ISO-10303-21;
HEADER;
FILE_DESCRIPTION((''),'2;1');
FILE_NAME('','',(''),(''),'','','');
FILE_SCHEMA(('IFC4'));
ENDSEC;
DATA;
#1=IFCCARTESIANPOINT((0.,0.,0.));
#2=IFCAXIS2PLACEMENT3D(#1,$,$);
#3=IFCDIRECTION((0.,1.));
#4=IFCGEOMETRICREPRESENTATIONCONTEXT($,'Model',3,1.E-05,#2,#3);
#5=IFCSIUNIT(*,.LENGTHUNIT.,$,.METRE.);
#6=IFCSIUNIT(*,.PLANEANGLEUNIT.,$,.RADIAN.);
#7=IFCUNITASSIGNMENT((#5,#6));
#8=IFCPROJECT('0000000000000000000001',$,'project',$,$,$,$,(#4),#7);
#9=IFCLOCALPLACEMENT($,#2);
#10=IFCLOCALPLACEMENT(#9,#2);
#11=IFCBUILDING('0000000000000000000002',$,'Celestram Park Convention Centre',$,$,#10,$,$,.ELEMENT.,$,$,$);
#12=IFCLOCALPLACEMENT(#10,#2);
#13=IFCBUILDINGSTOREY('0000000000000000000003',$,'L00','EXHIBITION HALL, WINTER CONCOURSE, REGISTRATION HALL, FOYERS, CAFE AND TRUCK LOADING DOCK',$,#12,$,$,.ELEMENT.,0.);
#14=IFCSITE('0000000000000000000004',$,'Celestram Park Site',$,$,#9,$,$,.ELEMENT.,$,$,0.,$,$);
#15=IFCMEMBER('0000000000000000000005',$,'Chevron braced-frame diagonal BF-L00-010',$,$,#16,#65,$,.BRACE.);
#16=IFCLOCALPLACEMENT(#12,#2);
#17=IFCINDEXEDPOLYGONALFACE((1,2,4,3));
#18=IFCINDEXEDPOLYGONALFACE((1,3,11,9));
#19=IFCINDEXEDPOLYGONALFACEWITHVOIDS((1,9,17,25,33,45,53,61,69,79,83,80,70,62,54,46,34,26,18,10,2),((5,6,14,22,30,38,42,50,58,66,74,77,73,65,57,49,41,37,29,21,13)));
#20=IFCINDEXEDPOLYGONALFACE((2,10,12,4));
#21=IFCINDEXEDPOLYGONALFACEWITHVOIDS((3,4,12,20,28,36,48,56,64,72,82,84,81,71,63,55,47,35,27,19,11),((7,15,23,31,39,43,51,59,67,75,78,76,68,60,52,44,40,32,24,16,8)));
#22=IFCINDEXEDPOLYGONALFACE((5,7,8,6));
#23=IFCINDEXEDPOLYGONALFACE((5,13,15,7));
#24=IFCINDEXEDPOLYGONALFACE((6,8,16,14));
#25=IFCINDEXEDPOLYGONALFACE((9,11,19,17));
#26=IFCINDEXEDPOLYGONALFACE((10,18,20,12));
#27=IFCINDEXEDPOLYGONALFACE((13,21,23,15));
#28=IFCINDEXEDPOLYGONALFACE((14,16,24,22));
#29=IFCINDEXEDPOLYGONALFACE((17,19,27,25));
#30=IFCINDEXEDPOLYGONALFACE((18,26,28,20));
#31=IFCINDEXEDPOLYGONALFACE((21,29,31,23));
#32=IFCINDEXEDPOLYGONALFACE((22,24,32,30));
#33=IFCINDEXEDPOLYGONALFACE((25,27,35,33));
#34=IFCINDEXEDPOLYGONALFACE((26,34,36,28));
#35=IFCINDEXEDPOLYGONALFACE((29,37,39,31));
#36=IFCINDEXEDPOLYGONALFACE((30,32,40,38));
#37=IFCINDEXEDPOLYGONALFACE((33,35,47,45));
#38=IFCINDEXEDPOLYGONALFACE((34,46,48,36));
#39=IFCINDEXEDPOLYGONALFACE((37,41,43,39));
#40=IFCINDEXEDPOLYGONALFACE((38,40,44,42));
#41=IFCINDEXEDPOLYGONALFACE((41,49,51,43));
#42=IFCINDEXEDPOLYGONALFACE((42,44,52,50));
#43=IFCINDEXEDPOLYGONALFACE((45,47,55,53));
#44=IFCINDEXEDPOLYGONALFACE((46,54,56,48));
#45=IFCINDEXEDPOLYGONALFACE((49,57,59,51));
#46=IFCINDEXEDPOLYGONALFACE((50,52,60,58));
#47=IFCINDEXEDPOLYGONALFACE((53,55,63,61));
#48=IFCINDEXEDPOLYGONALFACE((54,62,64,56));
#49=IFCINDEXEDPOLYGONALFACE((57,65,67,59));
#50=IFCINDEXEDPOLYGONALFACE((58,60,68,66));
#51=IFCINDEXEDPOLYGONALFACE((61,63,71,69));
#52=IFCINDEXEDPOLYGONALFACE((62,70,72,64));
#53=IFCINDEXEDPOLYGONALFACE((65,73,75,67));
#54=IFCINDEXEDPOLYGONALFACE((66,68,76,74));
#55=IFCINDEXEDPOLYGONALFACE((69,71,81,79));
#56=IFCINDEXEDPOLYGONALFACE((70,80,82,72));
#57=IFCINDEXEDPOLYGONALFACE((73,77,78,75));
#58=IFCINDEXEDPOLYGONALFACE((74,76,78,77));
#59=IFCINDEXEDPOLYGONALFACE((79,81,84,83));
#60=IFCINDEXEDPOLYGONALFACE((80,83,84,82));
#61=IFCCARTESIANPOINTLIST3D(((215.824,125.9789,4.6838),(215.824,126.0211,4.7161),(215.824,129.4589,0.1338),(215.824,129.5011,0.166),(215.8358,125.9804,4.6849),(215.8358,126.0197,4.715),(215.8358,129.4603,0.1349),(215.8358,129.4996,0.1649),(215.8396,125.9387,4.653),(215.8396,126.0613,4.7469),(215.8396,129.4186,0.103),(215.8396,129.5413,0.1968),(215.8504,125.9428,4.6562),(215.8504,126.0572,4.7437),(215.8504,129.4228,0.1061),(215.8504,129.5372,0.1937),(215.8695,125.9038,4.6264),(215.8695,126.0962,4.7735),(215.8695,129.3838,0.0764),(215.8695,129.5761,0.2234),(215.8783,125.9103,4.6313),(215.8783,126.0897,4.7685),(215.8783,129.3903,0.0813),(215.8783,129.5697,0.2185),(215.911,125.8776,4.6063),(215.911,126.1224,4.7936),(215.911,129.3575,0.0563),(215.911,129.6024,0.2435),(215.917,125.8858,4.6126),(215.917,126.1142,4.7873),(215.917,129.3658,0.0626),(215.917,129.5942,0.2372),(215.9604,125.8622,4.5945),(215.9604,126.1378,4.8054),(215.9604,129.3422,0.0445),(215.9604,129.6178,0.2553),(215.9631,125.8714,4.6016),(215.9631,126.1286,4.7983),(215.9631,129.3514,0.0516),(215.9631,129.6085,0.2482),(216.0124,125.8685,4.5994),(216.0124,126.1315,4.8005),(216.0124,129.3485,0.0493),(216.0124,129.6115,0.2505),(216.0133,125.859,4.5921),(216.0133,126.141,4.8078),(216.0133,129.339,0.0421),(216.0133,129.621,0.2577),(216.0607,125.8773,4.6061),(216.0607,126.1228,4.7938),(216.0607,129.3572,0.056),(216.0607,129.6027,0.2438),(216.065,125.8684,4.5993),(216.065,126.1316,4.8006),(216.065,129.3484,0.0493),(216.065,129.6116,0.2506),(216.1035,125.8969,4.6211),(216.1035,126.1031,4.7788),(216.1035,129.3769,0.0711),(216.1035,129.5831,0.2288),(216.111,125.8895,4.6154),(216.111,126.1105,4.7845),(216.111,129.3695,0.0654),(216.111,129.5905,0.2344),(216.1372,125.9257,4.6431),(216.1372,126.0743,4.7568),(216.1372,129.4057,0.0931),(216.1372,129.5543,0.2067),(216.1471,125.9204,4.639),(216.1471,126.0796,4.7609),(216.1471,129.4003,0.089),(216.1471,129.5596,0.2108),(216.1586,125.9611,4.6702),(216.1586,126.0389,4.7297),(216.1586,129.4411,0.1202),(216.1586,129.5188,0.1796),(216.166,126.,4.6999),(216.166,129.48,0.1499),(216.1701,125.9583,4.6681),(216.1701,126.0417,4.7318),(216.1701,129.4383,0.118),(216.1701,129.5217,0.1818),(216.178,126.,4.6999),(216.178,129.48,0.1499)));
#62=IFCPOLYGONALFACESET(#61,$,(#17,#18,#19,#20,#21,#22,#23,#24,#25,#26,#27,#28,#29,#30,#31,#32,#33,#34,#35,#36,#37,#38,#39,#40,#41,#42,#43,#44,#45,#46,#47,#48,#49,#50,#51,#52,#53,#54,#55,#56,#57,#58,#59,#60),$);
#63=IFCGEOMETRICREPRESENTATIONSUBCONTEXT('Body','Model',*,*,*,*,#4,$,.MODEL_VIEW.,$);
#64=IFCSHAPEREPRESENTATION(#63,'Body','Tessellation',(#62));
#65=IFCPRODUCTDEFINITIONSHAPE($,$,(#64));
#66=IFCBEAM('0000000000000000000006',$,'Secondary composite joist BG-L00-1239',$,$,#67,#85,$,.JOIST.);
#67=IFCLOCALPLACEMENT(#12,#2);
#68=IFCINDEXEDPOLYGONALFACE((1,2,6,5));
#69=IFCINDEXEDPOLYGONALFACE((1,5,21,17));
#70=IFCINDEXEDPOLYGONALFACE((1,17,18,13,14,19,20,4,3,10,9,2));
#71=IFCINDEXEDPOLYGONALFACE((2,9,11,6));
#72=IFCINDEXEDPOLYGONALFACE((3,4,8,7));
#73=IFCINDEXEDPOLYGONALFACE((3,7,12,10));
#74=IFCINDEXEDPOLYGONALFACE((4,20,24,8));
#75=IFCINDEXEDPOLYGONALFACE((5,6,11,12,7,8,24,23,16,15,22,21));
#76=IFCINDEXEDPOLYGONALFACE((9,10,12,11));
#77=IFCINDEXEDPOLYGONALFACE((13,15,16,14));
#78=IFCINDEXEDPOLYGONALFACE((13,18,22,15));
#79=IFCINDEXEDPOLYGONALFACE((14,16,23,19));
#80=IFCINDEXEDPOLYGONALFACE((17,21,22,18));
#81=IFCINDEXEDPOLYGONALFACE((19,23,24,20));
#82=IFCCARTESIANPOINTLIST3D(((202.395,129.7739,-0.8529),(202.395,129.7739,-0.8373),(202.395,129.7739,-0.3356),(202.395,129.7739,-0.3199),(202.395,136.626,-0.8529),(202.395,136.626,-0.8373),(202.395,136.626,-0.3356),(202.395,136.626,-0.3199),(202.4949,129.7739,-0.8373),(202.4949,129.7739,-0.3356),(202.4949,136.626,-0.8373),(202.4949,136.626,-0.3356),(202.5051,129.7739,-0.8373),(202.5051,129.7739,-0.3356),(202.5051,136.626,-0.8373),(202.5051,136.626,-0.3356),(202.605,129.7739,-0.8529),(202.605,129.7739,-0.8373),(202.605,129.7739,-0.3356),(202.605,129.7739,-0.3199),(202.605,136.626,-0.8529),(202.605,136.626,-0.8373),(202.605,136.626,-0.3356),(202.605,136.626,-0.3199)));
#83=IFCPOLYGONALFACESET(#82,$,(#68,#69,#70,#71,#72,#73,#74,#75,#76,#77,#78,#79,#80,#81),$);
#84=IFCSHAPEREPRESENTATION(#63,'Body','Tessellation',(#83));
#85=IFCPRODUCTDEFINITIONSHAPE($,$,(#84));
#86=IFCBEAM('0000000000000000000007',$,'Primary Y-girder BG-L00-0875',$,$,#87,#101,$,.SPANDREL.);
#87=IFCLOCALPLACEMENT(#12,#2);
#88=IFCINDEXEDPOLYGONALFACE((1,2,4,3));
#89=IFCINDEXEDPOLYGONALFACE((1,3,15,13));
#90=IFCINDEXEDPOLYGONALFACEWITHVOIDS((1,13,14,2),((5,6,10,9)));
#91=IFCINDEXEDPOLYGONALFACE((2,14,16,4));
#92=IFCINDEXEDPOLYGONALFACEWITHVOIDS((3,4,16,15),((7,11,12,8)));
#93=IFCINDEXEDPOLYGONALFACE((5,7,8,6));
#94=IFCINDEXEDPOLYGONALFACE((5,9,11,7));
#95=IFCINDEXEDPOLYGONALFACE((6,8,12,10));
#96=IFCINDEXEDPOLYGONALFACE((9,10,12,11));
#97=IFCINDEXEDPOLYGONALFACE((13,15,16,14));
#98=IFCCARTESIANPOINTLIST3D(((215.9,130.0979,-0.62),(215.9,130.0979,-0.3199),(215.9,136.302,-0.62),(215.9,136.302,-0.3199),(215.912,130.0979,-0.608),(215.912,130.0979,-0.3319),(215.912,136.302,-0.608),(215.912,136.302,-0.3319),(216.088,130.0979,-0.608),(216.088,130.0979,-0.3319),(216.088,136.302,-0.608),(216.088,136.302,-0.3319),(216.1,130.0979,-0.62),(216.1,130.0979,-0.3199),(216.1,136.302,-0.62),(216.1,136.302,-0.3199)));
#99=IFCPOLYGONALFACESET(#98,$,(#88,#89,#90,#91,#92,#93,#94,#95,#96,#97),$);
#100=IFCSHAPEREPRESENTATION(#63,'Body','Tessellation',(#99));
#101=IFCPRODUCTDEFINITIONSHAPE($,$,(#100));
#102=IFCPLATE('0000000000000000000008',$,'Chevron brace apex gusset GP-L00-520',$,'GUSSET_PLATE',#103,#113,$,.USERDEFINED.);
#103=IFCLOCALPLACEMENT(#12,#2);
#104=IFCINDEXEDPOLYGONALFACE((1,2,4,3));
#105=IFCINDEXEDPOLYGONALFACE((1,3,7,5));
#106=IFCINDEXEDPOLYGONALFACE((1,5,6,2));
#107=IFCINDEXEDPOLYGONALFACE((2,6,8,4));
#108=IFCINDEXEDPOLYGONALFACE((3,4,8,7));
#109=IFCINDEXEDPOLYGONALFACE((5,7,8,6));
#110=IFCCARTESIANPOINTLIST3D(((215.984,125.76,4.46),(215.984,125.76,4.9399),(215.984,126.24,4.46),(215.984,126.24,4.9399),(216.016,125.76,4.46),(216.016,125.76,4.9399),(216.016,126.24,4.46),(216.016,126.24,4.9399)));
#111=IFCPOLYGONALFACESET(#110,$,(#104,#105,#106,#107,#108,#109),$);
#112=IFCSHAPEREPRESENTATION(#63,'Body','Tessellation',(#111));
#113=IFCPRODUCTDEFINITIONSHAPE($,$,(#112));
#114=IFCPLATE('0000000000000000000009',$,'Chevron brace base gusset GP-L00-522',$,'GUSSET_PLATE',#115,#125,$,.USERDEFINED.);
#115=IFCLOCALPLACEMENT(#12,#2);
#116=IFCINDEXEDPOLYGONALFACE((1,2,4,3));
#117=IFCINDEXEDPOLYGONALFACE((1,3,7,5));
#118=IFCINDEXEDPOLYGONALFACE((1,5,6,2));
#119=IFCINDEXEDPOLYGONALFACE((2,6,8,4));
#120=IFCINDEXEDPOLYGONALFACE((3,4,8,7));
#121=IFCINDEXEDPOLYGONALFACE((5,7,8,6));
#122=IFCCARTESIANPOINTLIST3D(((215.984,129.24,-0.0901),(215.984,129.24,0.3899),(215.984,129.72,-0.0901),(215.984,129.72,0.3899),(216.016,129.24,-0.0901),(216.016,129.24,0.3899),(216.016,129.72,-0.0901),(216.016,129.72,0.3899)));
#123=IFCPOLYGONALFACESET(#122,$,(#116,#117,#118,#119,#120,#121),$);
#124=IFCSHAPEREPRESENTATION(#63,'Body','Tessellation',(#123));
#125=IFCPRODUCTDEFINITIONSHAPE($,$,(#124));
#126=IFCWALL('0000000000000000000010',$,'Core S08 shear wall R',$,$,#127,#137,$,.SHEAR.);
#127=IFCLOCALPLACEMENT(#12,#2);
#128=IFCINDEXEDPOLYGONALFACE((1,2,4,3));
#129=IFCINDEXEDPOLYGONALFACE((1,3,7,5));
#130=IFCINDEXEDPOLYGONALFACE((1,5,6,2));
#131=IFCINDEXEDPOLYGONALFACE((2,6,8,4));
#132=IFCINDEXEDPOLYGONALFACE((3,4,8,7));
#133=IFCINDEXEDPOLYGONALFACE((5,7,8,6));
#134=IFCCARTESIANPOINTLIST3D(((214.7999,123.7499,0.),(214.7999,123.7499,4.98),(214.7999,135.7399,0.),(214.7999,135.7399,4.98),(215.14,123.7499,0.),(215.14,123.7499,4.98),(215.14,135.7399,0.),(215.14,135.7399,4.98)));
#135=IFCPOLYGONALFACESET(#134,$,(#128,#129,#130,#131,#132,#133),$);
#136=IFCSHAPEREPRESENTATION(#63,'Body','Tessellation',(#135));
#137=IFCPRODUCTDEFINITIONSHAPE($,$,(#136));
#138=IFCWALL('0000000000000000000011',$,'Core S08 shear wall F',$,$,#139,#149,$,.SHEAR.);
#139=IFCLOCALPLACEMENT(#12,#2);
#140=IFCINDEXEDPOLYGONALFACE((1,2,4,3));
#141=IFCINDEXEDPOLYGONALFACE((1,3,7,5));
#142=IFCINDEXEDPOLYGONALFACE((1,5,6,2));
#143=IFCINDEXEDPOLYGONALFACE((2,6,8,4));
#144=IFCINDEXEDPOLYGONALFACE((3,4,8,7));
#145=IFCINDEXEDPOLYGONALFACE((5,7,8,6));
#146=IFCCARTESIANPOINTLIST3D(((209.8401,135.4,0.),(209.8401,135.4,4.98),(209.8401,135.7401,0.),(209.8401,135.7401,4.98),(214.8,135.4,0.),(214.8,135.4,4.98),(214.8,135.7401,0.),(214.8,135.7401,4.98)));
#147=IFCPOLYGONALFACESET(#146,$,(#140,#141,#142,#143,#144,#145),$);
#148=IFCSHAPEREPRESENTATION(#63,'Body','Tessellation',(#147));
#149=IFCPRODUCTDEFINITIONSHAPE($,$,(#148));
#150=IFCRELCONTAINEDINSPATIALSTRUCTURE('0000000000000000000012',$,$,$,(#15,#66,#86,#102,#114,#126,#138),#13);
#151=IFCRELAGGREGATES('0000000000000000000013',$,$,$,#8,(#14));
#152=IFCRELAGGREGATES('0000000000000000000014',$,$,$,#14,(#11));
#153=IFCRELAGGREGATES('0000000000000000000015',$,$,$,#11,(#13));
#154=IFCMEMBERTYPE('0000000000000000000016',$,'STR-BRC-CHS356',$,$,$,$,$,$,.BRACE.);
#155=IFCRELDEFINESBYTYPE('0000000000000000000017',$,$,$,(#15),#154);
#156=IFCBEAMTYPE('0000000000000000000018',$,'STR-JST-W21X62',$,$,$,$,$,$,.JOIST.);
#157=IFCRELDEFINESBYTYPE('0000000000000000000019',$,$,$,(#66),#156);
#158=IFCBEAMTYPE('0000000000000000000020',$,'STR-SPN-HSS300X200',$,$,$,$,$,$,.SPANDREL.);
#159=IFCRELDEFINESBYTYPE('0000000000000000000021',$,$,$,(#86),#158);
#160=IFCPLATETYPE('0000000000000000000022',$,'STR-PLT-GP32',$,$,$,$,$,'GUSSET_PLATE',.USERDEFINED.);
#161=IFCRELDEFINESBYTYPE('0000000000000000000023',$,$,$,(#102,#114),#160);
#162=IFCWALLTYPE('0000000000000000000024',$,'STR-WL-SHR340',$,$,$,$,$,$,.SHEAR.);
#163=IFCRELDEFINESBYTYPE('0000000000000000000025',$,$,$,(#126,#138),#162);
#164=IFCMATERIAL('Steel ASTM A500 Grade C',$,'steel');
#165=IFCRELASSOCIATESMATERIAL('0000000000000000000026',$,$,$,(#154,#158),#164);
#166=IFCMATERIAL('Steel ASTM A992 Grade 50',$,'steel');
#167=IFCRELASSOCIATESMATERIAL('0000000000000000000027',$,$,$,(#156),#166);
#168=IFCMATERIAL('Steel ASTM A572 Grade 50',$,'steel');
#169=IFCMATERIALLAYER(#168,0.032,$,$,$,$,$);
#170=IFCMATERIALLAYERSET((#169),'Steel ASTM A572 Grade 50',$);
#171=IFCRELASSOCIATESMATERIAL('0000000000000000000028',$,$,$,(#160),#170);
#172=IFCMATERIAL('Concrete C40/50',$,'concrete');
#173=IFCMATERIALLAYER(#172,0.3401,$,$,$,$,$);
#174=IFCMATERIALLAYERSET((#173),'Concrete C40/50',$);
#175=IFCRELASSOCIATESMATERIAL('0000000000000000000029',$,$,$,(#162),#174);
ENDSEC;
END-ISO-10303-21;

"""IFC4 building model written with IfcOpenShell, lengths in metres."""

from ifc_helpers import new_model, si_unit, direction, frame, frame_2d, origin, origin_2d, place, context, subcontext, project, spatial, rectangle, hollow_rectangle, hollow_circle, i_section, extrude, material, layer, layer_set, material_profile, profile_set, type_object, element, save


model = new_model("IFC4")

# Units and contexts
model_context = context("Model", 3, precision=1e-05, world=origin(), true_north=direction((0.0, 1.0)))
body_context = subcontext(model_context, "Body", "Model", "MODEL_VIEW")
ifc_project = project(units=[si_unit("LENGTHUNIT", "METRE"), si_unit("PLANEANGLEUNIT", "RADIAN")], contexts=[model_context])

# Site, building, storey
site_placement = place(None, origin())
site = spatial("IfcSite", under=ifc_project, at=site_placement, Name="Celestram Park Site", CompositionType="ELEMENT", RefElevation=0.0)
building_placement = place(site_placement, origin())
building = spatial("IfcBuilding", under=site, at=building_placement, Name="Celestram Park Convention Centre", CompositionType="ELEMENT")
storey_placement = place(building_placement, origin())
storey = spatial("IfcBuildingStorey", under=building, at=storey_placement, Name="L00", Description="EXHIBITION HALL, WINTER CONCOURSE, REGISTRATION HALL, FOYERS, CAFE AND TRUCK LOADING DOCK", CompositionType="ELEMENT", Elevation=0.0)

# Shared definitions
ifc_material_1 = material(Name="Steel ASTM A500 Grade C", Category="steel")
ifc_material_2 = material(Name="Concrete C40/50", Category="concrete")

# Shared definitions
ifc_material_3 = material(Name="Steel ASTM A992 Grade 50", Category="steel")

# Member
ifc_material_profile_1 = material_profile(ifc_material_1, hollow_circle(Radius=0.178, WallThickness=0.012, at=origin_2d()), Name="CHS356X12")
ifc_profile_set_1 = profile_set([ifc_material_profile_1], Name="Steel ASTM A500 Grade C")
member_type = type_object("IfcMemberType", Name="STR-BRC-CHS356", PredefinedType="BRACE", material=ifc_profile_set_1)
member_placement = place(storey_placement, frame((216.0, 129.48, 0.1499), z_axis=(0.0, -0.607509, 0.794313), x_axis=(1.0, 0.0, 0.0)))
element("IfcMember", 1, at=member_placement, inside=storey, type_object=member_type, Name="Chevron braced-frame diagonal BF-L00-010", PredefinedType="BRACE", context=body_context, shape_type="SweptSolid", body=[
    extrude(hollow_circle(Radius=0.178, WallThickness=0.012, at=origin_2d()), origin(), (0.0, 0.0, 1.0), 5.7283),
])

# Beams
ifc_material_profile_2 = material_profile(ifc_material_3, i_section(OverallWidth=0.21, OverallDepth=0.533, WebThickness=0.0103, FlangeThickness=0.0156, at=origin_2d()), Name="W21X62")
ifc_profile_set_2 = profile_set([ifc_material_profile_2], Name="Steel ASTM A992 Grade 50")
beam_type_1 = type_object("IfcBeamType", Name="STR-JST-W21X62", PredefinedType="JOIST", material=ifc_profile_set_2)
beam_1_placement = place(storey_placement, frame((202.5, 129.7739, -0.5864), z_axis=(0.0, 1.0, 0.0), x_axis=(-1.0, 0.0, 0.0)))
element("IfcBeam", 2, at=beam_1_placement, inside=storey, type_object=beam_type_1, Name="Secondary composite joist BG-L00-1239", PredefinedType="JOIST", context=body_context, shape_type="SweptSolid", body=[
    extrude(i_section(OverallWidth=0.21, OverallDepth=0.533, WebThickness=0.0103, FlangeThickness=0.0156, at=origin_2d()), origin(), (0.0, 0.0, 1.0), 6.8521),
])
ifc_material_profile_3 = material_profile(ifc_material_1, hollow_rectangle(XDim=0.2, YDim=0.3, WallThickness=0.012, at=origin_2d()), Name="HSS300X200X12")
ifc_profile_set_3 = profile_set([ifc_material_profile_3], Name="Steel ASTM A500 Grade C")
beam_type_2 = type_object("IfcBeamType", Name="STR-SPN-HSS300X200", PredefinedType="SPANDREL", material=ifc_profile_set_3)
beam_2_placement = place(storey_placement, frame((216.0, 130.0979, -0.47), z_axis=(0.0, 1.0, 0.0), x_axis=(-1.0, 0.0, 0.0)))
element("IfcBeam", 3, at=beam_2_placement, inside=storey, type_object=beam_type_2, Name="Primary Y-girder BG-L00-0875", PredefinedType="SPANDREL", context=body_context, shape_type="SweptSolid", body=[
    extrude(hollow_rectangle(XDim=0.2, YDim=0.3, WallThickness=0.012, at=origin_2d()), origin(), (0.0, 0.0, 1.0), 6.2041),
])

# Plates
ifc_material_4 = material(Name="Steel ASTM A572 Grade 50", Category="steel")
ifc_layer_1 = layer(ifc_material_4, 0.032)
ifc_layer_set_1 = layer_set([ifc_layer_1], Name="Steel ASTM A572 Grade 50")
plate_type = type_object("IfcPlateType", Name="STR-PLT-GP32", ElementType="GUSSET_PLATE", PredefinedType="USERDEFINED", material=ifc_layer_set_1)
for number, where, z_axis, x_axis, name in (
    (4, (216.0, 126.0, 4.46), (0.0, 0.0, 1.0), (0.0, 1.0, 0.0), "Chevron brace apex gusset GP-L00-520"),
    (5, (216.0, 129.48, -0.0901), (0.0, 0.0, 1.0), (0.0, 1.0, 0.0), "Chevron brace base gusset GP-L00-522"),
):
    element("IfcPlate", number, at=place(storey_placement, frame(where, z_axis=z_axis, x_axis=x_axis)), inside=storey, type_object=plate_type, Name=name, ObjectType="GUSSET_PLATE", PredefinedType="USERDEFINED", context=body_context, shape_type="SweptSolid", body=[
        extrude(rectangle(XDim=0.48, YDim=0.032, at=origin_2d()), origin(), (0.0, 0.0, 1.0), 0.48),
    ])

# Walls
ifc_layer_2 = layer(ifc_material_2, 0.3401)
ifc_layer_set_2 = layer_set([ifc_layer_2], Name="Concrete C40/50")
wall_type_1 = type_object("IfcWallType", Name="STR-WL-SHR340", PredefinedType="SHEAR", material=ifc_layer_set_2)
wall_1_placement = place(storey_placement, frame((214.97, 135.74, 0.0), z_axis=(0.0, 0.0, 1.0), x_axis=(0.0, -1.0, 0.0)))
element("IfcWall", 6, at=wall_1_placement, inside=storey, type_object=wall_type_1, Name="Core S08 shear wall R", PredefinedType="SHEAR", context=body_context, shape_type="SweptSolid", body=[
    extrude(rectangle(XDim=11.99, YDim=0.3401, at=frame_2d((5.9951, 0.0))), origin(), (0.0, 0.0, 1.0), 4.98),
])
wall_2_placement = place(storey_placement, frame((209.8401, 135.5701, 0.0), z_axis=(0.0, 0.0, 1.0), x_axis=(1.0, 0.0, 0.0)))
element("IfcWall", 7, at=wall_2_placement, inside=storey, type_object=wall_type_1, Name="Core S08 shear wall F", PredefinedType="SHEAR", context=body_context, shape_type="SweptSolid", body=[
    extrude(rectangle(XDim=4.96, YDim=0.3401, at=frame_2d((2.48, 0.0))), origin(), (0.0, 0.0, 1.0), 4.98),
])

save(model, "model.ifc")
